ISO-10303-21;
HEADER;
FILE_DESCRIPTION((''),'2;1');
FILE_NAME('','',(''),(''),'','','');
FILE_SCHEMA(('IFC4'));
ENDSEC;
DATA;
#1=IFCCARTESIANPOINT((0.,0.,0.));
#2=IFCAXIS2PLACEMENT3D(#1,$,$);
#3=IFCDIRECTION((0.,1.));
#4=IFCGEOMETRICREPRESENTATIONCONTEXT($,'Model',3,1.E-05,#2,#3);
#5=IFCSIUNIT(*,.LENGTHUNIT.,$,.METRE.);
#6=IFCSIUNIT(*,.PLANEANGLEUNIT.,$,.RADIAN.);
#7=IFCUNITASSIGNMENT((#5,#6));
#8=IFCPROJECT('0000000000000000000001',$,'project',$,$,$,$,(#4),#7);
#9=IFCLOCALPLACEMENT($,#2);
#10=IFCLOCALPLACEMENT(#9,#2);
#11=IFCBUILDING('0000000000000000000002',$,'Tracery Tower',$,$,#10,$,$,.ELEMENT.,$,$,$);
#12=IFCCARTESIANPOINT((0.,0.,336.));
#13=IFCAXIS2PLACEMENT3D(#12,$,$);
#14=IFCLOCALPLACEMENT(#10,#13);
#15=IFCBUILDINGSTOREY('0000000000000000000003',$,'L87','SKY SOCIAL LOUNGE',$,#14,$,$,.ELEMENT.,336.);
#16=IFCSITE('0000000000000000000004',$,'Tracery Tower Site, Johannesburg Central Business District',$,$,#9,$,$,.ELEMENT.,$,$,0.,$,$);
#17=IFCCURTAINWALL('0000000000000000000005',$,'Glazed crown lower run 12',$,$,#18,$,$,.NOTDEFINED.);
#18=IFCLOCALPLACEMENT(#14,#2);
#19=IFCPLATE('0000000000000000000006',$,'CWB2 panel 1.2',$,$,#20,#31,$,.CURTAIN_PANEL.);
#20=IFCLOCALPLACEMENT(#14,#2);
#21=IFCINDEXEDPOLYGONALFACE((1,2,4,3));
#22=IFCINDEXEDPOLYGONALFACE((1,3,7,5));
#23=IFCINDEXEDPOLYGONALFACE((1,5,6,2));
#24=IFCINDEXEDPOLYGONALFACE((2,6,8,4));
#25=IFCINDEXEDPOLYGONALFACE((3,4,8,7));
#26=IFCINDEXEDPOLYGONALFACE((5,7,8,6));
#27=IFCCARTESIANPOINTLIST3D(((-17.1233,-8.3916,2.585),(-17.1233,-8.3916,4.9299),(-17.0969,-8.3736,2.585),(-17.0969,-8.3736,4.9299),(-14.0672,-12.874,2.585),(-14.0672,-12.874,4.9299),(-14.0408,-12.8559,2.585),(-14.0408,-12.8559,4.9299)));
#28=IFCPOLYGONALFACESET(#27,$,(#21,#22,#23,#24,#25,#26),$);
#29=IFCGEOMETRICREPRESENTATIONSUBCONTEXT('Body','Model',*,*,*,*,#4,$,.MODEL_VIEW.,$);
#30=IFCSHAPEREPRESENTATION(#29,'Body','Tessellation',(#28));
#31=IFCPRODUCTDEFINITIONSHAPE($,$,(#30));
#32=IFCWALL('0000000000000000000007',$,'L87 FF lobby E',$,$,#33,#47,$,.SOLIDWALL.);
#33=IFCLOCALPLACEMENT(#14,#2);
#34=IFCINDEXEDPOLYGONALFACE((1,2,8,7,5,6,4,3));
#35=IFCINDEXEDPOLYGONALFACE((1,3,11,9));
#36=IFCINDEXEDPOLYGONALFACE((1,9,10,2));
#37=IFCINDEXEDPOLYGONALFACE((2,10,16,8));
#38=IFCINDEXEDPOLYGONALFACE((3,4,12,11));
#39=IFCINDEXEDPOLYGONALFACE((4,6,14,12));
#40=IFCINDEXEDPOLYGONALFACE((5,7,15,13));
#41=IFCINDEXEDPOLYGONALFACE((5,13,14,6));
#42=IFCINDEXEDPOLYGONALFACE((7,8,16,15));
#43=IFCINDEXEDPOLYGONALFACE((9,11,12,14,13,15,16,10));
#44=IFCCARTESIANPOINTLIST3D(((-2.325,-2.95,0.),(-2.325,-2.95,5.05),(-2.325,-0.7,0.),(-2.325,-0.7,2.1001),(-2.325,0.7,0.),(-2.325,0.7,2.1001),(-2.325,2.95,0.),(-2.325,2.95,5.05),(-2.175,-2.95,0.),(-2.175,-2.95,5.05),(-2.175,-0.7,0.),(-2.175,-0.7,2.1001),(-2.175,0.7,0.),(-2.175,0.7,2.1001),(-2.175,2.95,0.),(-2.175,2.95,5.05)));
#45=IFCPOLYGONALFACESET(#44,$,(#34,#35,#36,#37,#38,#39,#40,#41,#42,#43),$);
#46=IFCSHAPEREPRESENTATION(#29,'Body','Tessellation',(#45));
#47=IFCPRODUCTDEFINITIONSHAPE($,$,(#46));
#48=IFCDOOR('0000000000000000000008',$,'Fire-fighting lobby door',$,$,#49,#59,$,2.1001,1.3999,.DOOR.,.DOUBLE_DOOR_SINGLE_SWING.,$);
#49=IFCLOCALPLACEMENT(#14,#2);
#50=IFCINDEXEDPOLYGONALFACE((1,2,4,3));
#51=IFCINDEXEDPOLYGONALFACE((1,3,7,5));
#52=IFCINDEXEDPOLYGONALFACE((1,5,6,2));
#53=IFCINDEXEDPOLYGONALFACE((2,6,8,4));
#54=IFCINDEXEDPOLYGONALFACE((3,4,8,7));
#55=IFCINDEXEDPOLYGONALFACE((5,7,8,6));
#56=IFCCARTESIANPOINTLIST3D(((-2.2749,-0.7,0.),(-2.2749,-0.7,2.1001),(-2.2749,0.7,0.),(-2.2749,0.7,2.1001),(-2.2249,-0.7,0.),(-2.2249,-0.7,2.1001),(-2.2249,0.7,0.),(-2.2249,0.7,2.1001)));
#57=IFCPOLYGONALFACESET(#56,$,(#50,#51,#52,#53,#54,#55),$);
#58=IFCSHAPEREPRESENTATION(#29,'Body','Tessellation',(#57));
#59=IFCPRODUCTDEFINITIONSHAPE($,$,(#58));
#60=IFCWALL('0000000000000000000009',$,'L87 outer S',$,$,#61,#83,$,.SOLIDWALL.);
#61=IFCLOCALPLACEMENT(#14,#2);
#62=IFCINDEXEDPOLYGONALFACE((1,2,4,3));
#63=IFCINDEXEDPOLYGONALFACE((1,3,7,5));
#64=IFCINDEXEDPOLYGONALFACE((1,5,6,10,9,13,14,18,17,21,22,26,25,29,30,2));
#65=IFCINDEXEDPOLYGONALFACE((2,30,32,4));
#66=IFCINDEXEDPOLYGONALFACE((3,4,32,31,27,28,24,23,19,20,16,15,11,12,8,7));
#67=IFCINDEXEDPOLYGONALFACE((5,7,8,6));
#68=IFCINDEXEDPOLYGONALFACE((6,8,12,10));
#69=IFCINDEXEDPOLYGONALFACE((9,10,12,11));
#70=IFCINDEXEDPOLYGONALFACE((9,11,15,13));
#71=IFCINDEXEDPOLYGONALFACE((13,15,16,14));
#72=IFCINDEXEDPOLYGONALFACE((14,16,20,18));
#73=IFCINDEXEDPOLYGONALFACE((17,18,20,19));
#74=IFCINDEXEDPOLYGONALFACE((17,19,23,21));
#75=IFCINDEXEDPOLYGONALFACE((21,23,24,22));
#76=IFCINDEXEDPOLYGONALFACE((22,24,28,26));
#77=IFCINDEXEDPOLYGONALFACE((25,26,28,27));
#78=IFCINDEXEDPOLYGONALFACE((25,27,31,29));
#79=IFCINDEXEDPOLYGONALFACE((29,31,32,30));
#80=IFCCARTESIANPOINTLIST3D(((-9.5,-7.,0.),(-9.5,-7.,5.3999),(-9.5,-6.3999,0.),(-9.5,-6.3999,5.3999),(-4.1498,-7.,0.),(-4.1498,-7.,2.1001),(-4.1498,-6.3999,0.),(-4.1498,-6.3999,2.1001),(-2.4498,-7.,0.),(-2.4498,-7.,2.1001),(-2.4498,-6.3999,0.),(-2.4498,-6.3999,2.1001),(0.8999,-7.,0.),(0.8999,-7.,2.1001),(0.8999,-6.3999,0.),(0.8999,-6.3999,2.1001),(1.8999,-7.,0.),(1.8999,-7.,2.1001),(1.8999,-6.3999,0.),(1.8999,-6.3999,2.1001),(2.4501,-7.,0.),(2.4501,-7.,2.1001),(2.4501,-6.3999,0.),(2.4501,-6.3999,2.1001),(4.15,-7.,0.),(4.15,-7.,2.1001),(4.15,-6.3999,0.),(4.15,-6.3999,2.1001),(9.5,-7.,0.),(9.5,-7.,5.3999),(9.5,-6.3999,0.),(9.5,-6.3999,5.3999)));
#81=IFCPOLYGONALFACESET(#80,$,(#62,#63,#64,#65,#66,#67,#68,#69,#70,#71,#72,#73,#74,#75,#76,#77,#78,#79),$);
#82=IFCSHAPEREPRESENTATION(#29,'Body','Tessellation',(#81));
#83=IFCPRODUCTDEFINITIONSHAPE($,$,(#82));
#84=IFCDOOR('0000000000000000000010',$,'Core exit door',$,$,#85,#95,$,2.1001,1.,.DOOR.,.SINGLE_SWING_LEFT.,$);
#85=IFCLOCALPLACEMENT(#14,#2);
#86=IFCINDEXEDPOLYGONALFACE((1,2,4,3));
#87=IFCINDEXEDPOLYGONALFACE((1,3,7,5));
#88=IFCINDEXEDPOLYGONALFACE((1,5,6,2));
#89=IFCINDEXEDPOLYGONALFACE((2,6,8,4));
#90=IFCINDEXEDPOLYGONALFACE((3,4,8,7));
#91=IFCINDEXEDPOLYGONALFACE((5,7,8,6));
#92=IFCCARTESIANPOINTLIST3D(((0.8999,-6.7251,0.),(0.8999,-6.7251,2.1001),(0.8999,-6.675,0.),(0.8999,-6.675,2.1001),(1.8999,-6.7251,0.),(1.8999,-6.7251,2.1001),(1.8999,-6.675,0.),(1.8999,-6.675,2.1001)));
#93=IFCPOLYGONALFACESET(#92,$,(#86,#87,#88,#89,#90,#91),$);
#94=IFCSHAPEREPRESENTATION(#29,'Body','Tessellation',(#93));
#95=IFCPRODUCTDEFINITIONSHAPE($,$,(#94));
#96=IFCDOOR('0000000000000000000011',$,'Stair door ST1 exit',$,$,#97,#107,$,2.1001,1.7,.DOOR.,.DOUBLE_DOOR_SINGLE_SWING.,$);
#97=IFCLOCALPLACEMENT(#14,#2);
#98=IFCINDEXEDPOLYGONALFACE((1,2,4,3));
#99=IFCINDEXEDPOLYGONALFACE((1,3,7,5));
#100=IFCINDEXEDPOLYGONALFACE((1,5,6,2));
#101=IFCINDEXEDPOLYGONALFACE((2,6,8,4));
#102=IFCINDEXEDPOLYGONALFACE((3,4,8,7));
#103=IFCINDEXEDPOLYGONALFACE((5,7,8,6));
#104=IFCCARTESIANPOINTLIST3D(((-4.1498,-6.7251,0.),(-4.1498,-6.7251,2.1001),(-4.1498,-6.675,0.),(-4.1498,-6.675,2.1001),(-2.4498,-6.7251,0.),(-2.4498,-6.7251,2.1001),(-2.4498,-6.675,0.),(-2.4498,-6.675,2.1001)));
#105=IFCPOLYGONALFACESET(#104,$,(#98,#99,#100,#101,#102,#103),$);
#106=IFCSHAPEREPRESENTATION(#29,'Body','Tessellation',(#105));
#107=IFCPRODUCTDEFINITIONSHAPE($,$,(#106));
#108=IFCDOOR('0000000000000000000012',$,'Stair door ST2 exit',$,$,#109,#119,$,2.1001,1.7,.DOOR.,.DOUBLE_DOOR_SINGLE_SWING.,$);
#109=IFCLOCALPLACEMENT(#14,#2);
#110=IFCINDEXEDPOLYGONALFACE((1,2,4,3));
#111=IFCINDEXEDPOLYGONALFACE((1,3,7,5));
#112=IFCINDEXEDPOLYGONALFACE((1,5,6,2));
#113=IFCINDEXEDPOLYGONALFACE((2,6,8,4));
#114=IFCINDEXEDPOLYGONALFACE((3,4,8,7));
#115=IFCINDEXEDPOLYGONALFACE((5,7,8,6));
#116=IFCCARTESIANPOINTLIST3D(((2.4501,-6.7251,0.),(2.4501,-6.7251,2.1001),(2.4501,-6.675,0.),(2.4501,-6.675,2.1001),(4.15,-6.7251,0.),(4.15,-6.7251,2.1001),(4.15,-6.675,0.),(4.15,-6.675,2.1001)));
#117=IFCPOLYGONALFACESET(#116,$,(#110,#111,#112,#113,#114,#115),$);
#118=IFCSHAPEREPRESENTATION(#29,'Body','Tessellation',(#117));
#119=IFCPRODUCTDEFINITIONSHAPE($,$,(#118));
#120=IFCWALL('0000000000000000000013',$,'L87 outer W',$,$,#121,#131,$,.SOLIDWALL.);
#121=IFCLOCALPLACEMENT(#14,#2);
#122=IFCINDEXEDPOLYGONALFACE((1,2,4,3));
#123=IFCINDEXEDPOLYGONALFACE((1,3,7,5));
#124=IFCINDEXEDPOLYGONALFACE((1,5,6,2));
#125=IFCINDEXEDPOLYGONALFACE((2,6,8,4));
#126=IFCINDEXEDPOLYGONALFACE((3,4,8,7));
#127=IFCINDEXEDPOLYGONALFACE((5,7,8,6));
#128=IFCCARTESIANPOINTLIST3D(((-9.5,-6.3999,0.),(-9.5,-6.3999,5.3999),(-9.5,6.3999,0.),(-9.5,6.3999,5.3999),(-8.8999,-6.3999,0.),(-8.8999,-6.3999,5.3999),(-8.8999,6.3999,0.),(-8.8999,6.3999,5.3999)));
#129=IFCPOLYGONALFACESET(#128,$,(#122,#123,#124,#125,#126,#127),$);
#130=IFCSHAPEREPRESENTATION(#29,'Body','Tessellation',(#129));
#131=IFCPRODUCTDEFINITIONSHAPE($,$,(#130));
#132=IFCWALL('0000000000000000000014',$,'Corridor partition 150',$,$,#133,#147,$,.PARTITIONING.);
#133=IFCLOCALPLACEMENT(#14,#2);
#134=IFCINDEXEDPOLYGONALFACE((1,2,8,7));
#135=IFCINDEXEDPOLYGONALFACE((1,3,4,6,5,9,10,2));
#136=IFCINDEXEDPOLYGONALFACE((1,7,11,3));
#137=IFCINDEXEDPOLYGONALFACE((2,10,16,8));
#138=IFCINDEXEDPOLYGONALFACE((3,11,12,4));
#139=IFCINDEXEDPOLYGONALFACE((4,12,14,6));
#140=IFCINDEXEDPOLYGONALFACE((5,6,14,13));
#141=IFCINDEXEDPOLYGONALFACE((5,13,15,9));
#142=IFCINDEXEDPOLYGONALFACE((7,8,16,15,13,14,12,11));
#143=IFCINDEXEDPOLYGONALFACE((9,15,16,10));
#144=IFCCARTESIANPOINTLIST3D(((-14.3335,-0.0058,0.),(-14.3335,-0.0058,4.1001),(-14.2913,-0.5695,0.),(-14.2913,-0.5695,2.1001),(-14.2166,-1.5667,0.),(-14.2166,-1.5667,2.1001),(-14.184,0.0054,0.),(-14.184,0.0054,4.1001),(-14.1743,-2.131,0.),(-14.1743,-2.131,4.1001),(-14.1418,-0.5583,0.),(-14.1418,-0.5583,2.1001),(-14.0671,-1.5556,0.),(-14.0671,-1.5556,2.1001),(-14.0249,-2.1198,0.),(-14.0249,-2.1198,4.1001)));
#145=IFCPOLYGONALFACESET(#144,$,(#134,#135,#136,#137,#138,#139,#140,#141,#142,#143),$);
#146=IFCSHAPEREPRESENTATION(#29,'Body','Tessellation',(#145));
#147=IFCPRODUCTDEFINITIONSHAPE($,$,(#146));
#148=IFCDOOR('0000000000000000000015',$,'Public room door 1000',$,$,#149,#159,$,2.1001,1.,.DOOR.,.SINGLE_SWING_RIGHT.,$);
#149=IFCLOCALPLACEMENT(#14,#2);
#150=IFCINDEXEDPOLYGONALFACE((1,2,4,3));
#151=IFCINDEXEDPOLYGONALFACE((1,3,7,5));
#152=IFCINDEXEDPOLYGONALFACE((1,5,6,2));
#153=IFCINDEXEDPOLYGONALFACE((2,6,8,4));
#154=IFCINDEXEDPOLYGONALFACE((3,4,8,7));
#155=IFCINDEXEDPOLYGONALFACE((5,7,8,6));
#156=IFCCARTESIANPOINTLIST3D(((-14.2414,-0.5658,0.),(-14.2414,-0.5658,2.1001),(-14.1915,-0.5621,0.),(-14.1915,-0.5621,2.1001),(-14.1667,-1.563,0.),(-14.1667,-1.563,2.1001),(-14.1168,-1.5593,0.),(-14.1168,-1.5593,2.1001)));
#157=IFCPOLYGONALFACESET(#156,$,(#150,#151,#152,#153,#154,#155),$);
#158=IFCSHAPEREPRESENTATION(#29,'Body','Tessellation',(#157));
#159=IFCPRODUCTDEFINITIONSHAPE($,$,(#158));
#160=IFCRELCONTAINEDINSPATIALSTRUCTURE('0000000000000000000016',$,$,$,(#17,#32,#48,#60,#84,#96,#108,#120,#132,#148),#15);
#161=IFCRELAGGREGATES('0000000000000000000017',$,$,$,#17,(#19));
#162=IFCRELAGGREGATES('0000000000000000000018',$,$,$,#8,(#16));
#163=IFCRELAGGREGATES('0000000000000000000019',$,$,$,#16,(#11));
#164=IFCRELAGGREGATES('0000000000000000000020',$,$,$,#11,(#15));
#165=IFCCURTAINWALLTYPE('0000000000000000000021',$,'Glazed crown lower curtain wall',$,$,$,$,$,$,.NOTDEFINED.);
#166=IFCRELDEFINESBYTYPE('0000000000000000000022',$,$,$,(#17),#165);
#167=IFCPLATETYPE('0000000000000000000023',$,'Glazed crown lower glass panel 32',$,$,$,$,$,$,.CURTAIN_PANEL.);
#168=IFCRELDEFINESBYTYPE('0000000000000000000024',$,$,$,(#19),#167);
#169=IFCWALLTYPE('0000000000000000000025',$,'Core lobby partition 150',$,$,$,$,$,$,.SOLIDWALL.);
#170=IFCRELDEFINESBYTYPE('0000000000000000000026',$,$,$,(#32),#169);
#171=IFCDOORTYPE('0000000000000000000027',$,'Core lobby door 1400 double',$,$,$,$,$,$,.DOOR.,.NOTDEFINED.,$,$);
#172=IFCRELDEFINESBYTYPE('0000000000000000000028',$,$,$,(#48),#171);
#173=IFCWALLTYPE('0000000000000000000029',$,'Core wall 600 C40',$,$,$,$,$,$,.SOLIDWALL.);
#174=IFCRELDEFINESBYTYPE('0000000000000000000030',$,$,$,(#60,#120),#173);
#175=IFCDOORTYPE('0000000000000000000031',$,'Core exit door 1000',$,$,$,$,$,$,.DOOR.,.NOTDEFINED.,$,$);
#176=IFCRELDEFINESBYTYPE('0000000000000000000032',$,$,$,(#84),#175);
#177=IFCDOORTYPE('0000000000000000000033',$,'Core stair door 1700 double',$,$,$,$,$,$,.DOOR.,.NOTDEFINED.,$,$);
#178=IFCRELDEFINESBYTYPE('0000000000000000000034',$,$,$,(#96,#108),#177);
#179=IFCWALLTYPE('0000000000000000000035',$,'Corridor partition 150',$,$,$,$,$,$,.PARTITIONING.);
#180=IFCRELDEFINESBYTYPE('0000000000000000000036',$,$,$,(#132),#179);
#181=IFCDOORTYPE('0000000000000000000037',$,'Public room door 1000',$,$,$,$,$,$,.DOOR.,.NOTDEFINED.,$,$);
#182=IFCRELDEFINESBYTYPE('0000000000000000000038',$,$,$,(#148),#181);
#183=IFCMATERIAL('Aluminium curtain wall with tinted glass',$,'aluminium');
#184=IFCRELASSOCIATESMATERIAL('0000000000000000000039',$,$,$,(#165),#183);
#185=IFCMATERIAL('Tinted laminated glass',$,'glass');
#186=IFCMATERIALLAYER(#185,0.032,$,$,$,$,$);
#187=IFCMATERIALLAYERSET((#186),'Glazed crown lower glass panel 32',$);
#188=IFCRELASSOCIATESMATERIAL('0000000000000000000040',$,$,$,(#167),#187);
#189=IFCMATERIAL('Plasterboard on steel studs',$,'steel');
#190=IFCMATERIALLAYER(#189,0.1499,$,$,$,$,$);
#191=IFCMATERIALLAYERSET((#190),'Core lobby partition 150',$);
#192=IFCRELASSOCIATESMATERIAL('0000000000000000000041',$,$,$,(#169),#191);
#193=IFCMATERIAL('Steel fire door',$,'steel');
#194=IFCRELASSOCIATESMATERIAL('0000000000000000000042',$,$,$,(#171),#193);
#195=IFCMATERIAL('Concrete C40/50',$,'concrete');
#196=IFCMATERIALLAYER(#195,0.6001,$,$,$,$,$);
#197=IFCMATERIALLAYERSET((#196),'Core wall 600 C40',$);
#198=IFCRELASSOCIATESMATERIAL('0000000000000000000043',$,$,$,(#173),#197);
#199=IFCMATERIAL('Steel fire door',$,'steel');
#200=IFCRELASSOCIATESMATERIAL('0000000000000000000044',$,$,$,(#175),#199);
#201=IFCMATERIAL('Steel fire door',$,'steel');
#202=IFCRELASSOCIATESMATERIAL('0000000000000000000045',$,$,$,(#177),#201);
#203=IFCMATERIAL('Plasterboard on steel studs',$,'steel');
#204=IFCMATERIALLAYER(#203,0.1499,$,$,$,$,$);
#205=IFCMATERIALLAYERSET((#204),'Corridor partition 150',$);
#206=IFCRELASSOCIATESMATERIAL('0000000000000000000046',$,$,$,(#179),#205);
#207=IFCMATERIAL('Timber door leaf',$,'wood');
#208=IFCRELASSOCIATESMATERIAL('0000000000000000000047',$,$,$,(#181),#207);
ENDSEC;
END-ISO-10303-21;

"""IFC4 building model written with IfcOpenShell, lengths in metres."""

from ifc_helpers import new_model, si_unit, direction, frame, frame_2d, origin, origin_2d, place, context, subcontext, project, spatial, rectangle, extrude, material, layer, layer_set, type_object, element, fill, aggregate, save


model = new_model("IFC4")

# Units and contexts
model_context = context("Model", 3, precision=1e-05, world=origin(), true_north=direction((0.0, 1.0)))
body_context = subcontext(model_context, "Body", "Model", "MODEL_VIEW")
ifc_project = project(units=[si_unit("LENGTHUNIT", "METRE"), si_unit("PLANEANGLEUNIT", "RADIAN")], contexts=[model_context])

# Site, building, storey
site_placement = place(None, origin())
site = spatial("IfcSite", under=ifc_project, at=site_placement, Name="Tracery Tower Site, Johannesburg Central Business District", CompositionType="ELEMENT", RefElevation=0.0)
building_placement = place(site_placement, origin())
building = spatial("IfcBuilding", under=site, at=building_placement, Name="Tracery Tower", CompositionType="ELEMENT")
storey_placement = place(building_placement, frame((0.0, 0.0, 336.0)))
storey = spatial("IfcBuildingStorey", under=building, at=storey_placement, Name="L87", Description="SKY SOCIAL LOUNGE", CompositionType="ELEMENT", Elevation=336.0)

# Curtain wall, plate
ifc_material_1 = material(Name="Aluminium curtain wall with tinted glass", Category="aluminium")
curtain_wall_type = type_object("IfcCurtainWallType", Name="Glazed crown lower curtain wall", PredefinedType="NOTDEFINED", material=ifc_material_1)
curtain_wall_placement = place(storey_placement, origin())
curtain_wall = element("IfcCurtainWall", 1, at=curtain_wall_placement, inside=storey, type_object=curtain_wall_type, Name="Glazed crown lower run 12", PredefinedType="NOTDEFINED")
ifc_material_2 = material(Name="Tinted laminated glass", Category="glass")
ifc_layer_1 = layer(ifc_material_2, 0.032)
ifc_layer_set_1 = layer_set([ifc_layer_1], Name="Glazed crown lower glass panel 32")
plate_type = type_object("IfcPlateType", Name="Glazed crown lower glass panel 32", PredefinedType="CURTAIN_PANEL", material=ifc_layer_set_1)
plate_placement = place(storey_placement, frame((-15.582, -10.6238, 2.585), z_axis=(0.0, 0.0, 1.0), x_axis=(0.563329, -0.826233, 0.0)))
plate = element("IfcPlate", 2, at=plate_placement, type_object=plate_type, Name="CWB2 panel 1.2", PredefinedType="CURTAIN_PANEL", context=body_context, shape_type="SweptSolid", body=[
    extrude(rectangle(XDim=5.425, YDim=0.032, at=origin_2d()), origin(), (0.0, 0.0, 1.0), 2.345),
])
aggregate(curtain_wall, [plate])

# Wall, opening, door
ifc_material_3 = material(Name="Plasterboard on steel studs", Category="steel")
ifc_layer_2 = layer(ifc_material_3, 0.1499)
ifc_layer_set_2 = layer_set([ifc_layer_2], Name="Core lobby partition 150")
wall_type_1 = type_object("IfcWallType", Name="Core lobby partition 150", PredefinedType="SOLIDWALL", material=ifc_layer_set_2)
wall_1_placement = place(storey_placement, frame((-2.25, -2.95, 0.0), z_axis=(0.0, 0.0, 1.0), x_axis=(0.0, 1.0, 0.0)))
wall_1 = element("IfcWall", 3, at=wall_1_placement, inside=storey, type_object=wall_type_1, Name="L87 FF lobby E", PredefinedType="SOLIDWALL", context=body_context, shape_type="SweptSolid", body=[
    extrude(rectangle(XDim=5.8999, YDim=0.1499, at=frame_2d((2.95, 0.0))), origin(), (0.0, 0.0, 1.0), 5.05),
])
opening_1_placement = place(wall_1_placement, frame((2.25, 0.0, 0.0)))
opening_1 = element("IfcOpeningElement", 4, at=opening_1_placement, cuts=wall_1, PredefinedType="OPENING", context=body_context, shape_type="SweptSolid", body=[
    extrude(rectangle(XDim=1.3999, YDim=2.1001, at=frame_2d((0.7, 1.05))), frame((0.0, 0.075, 0.0), z_axis=(0.0, -1.0, 0.0), x_axis=(1.0, 0.0, 0.0)), (0.0, 0.0, 1.0), 0.1499),
])
ifc_material_4 = material(Name="Steel fire door", Category="steel")
door_type_1 = type_object("IfcDoorType", Name="Core lobby door 1400 double", OperationType="NOTDEFINED", PredefinedType="DOOR", material=ifc_material_4)
door_1_placement = place(opening_1_placement, origin())
door_1 = element("IfcDoor", 5, at=door_1_placement, inside=storey, type_object=door_type_1, Name="Fire-fighting lobby door", OperationType="DOUBLE_DOOR_SINGLE_SWING", OverallHeight=2.1001, OverallWidth=1.3999, PredefinedType="DOOR", context=body_context, shape_type="SweptSolid", body=[
    extrude(rectangle(XDim=1.3999, YDim=2.1001, at=frame_2d((0.7, 1.05))), frame((0.0, 0.0249, 0.0), z_axis=(0.0, -1.0, 0.0), x_axis=(1.0, 0.0, 0.0)), (0.0, 0.0, 1.0), 0.05),
])
fill(opening_1, door_1)

# Wall, openings, doors
ifc_material_5 = material(Name="Concrete C40/50", Category="concrete")
ifc_layer_3 = layer(ifc_material_5, 0.6001)
ifc_layer_set_3 = layer_set([ifc_layer_3], Name="Core wall 600 C40")
wall_type_2 = type_object("IfcWallType", Name="Core wall 600 C40", PredefinedType="SOLIDWALL", material=ifc_layer_set_3)
wall_2_placement = place(storey_placement, frame((-9.5, -6.7, 0.0), z_axis=(0.0, 0.0, 1.0), x_axis=(1.0, 0.0, 0.0)))
wall_2 = element("IfcWall", 6, at=wall_2_placement, inside=storey, type_object=wall_type_2, Name="L87 outer S", PredefinedType="SOLIDWALL", context=body_context, shape_type="SweptSolid", body=[
    extrude(rectangle(XDim=19.0, YDim=0.6001, at=frame_2d((9.5, 0.0))), origin(), (0.0, 0.0, 1.0), 5.3999),
])
opening_2_placement = place(wall_2_placement, frame((10.3999, 0.0, 0.0)))
opening_2 = element("IfcOpeningElement", 7, at=opening_2_placement, cuts=wall_2, PredefinedType="OPENING", context=body_context, shape_type="SweptSolid", body=[
    extrude(rectangle(XDim=1.0, YDim=2.1001, at=frame_2d((0.5, 1.05))), frame((0.0, 0.3, 0.0), z_axis=(0.0, -1.0, 0.0), x_axis=(1.0, 0.0, 0.0)), (0.0, 0.0, 1.0), 0.6001),
])
opening_3_placement = place(wall_2_placement, frame((5.3501, 0.0, 0.0)))
opening_3 = element("IfcOpeningElement", 8, at=opening_3_placement, cuts=wall_2, PredefinedType="OPENING", context=body_context, shape_type="SweptSolid", body=[
    extrude(rectangle(XDim=1.7, YDim=2.1001, at=frame_2d((0.8501, 1.05))), frame((0.0, 0.3, 0.0), z_axis=(0.0, -1.0, 0.0), x_axis=(1.0, 0.0, 0.0)), (0.0, 0.0, 1.0), 0.6001),
])
opening_4_placement = place(wall_2_placement, frame((11.95, 0.0, 0.0)))
opening_4 = element("IfcOpeningElement", 9, at=opening_4_placement, cuts=wall_2, PredefinedType="OPENING", context=body_context, shape_type="SweptSolid", body=[
    extrude(rectangle(XDim=1.7, YDim=2.1001, at=frame_2d((0.8501, 1.05))), frame((0.0, 0.3, 0.0), z_axis=(0.0, -1.0, 0.0), x_axis=(1.0, 0.0, 0.0)), (0.0, 0.0, 1.0), 0.6001),
])
ifc_material_6 = material(Name="Steel fire door", Category="steel")
door_type_2 = type_object("IfcDoorType", Name="Core exit door 1000", OperationType="NOTDEFINED", PredefinedType="DOOR", material=ifc_material_6)
door_2_placement = place(opening_2_placement, origin())
door_2 = element("IfcDoor", 10, at=door_2_placement, inside=storey, type_object=door_type_2, Name="Core exit door", OperationType="SINGLE_SWING_LEFT", OverallHeight=2.1001, OverallWidth=1.0, PredefinedType="DOOR", context=body_context, shape_type="SweptSolid", body=[
    extrude(rectangle(XDim=1.0, YDim=2.1001, at=frame_2d((0.5, 1.05))), frame((0.0, 0.0249, 0.0), z_axis=(0.0, -1.0, 0.0), x_axis=(1.0, 0.0, 0.0)), (0.0, 0.0, 1.0), 0.05),
])
fill(opening_2, door_2)
ifc_material_7 = material(Name="Steel fire door", Category="steel")
door_type_3 = type_object("IfcDoorType", Name="Core stair door 1700 double", OperationType="NOTDEFINED", PredefinedType="DOOR", material=ifc_material_7)
door_3_placement = place(opening_3_placement, origin())
door_3 = element("IfcDoor", 11, at=door_3_placement, inside=storey, type_object=door_type_3, Name="Stair door ST1 exit", OperationType="DOUBLE_DOOR_SINGLE_SWING", OverallHeight=2.1001, OverallWidth=1.7, PredefinedType="DOOR", context=body_context, shape_type="SweptSolid", body=[
    extrude(rectangle(XDim=1.7, YDim=2.1001, at=frame_2d((0.8501, 1.05))), frame((0.0, 0.0249, 0.0), z_axis=(0.0, -1.0, 0.0), x_axis=(1.0, 0.0, 0.0)), (0.0, 0.0, 1.0), 0.05),
])
fill(opening_3, door_3)
door_4_placement = place(opening_4_placement, origin())
door_4 = element("IfcDoor", 12, at=door_4_placement, inside=storey, type_object=door_type_3, Name="Stair door ST2 exit", OperationType="DOUBLE_DOOR_SINGLE_SWING", OverallHeight=2.1001, OverallWidth=1.7, PredefinedType="DOOR", context=body_context, shape_type="SweptSolid", body=[
    extrude(rectangle(XDim=1.7, YDim=2.1001, at=frame_2d((0.8501, 1.05))), frame((0.0, 0.0249, 0.0), z_axis=(0.0, -1.0, 0.0), x_axis=(1.0, 0.0, 0.0)), (0.0, 0.0, 1.0), 0.05),
])
fill(opening_4, door_4)

# Wall
wall_3_placement = place(storey_placement, frame((-9.2, -6.3999, 0.0), z_axis=(0.0, 0.0, 1.0), x_axis=(0.0, 1.0, 0.0)))
element("IfcWall", 13, at=wall_3_placement, inside=storey, type_object=wall_type_2, Name="L87 outer W", PredefinedType="SOLIDWALL", context=body_context, shape_type="SweptSolid", body=[
    extrude(rectangle(XDim=12.7998, YDim=0.6001, at=frame_2d((6.3999, 0.0))), origin(), (0.0, 0.0, 1.0), 5.3999),
])

# Wall, opening, door
ifc_material_8 = material(Name="Plasterboard on steel studs", Category="steel")
ifc_layer_4 = layer(ifc_material_8, 0.1499)
ifc_layer_set_4 = layer_set([ifc_layer_4], Name="Corridor partition 150")
wall_type_3 = type_object("IfcWallType", Name="Corridor partition 150", PredefinedType="PARTITIONING", material=ifc_layer_set_4)
wall_4_placement = place(storey_placement, frame((-14.0996, -2.1252, 0.0), z_axis=(0.0, 0.0, 1.0), x_axis=(-0.07469, 0.997207, 0.0)))
wall_4 = element("IfcWall", 14, at=wall_4_placement, inside=storey, type_object=wall_type_3, Name="Corridor partition 150", PredefinedType="PARTITIONING", context=body_context, shape_type="SweptSolid", body=[
    extrude(rectangle(XDim=2.1311, YDim=0.1499, at=frame_2d((1.0654, 0.0))), origin(), (0.0, 0.0, 1.0), 4.1001),
])
opening_5_placement = place(wall_4_placement, frame((0.5657, 0.0, 0.0)))
opening_5 = element("IfcOpeningElement", 15, at=opening_5_placement, cuts=wall_4, PredefinedType="OPENING", context=body_context, shape_type="SweptSolid", body=[
    extrude(rectangle(XDim=1.0, YDim=2.1001, at=frame_2d((0.5, 1.05))), frame((0.0, 0.075, 0.0), z_axis=(0.0, -1.0, 0.0), x_axis=(1.0, 0.0, 0.0)), (0.0, 0.0, 1.0), 0.1499),
])
ifc_material_9 = material(Name="Timber door leaf", Category="wood")
door_type_4 = type_object("IfcDoorType", Name="Public room door 1000", OperationType="NOTDEFINED", PredefinedType="DOOR", material=ifc_material_9)
door_5_placement = place(opening_5_placement, origin())
door_5 = element("IfcDoor", 16, at=door_5_placement, inside=storey, type_object=door_type_4, Name="Public room door 1000", OperationType="SINGLE_SWING_RIGHT", OverallHeight=2.1001, OverallWidth=1.0, PredefinedType="DOOR", context=body_context, shape_type="SweptSolid", body=[
    extrude(rectangle(XDim=1.0, YDim=2.1001, at=frame_2d((0.5, 1.05))), frame((0.0, 0.0249, 0.0), z_axis=(0.0, -1.0, 0.0), x_axis=(1.0, 0.0, 0.0)), (0.0, 0.0, 1.0), 0.05),
])
fill(opening_5, door_5)

save(model, "model.ifc")
